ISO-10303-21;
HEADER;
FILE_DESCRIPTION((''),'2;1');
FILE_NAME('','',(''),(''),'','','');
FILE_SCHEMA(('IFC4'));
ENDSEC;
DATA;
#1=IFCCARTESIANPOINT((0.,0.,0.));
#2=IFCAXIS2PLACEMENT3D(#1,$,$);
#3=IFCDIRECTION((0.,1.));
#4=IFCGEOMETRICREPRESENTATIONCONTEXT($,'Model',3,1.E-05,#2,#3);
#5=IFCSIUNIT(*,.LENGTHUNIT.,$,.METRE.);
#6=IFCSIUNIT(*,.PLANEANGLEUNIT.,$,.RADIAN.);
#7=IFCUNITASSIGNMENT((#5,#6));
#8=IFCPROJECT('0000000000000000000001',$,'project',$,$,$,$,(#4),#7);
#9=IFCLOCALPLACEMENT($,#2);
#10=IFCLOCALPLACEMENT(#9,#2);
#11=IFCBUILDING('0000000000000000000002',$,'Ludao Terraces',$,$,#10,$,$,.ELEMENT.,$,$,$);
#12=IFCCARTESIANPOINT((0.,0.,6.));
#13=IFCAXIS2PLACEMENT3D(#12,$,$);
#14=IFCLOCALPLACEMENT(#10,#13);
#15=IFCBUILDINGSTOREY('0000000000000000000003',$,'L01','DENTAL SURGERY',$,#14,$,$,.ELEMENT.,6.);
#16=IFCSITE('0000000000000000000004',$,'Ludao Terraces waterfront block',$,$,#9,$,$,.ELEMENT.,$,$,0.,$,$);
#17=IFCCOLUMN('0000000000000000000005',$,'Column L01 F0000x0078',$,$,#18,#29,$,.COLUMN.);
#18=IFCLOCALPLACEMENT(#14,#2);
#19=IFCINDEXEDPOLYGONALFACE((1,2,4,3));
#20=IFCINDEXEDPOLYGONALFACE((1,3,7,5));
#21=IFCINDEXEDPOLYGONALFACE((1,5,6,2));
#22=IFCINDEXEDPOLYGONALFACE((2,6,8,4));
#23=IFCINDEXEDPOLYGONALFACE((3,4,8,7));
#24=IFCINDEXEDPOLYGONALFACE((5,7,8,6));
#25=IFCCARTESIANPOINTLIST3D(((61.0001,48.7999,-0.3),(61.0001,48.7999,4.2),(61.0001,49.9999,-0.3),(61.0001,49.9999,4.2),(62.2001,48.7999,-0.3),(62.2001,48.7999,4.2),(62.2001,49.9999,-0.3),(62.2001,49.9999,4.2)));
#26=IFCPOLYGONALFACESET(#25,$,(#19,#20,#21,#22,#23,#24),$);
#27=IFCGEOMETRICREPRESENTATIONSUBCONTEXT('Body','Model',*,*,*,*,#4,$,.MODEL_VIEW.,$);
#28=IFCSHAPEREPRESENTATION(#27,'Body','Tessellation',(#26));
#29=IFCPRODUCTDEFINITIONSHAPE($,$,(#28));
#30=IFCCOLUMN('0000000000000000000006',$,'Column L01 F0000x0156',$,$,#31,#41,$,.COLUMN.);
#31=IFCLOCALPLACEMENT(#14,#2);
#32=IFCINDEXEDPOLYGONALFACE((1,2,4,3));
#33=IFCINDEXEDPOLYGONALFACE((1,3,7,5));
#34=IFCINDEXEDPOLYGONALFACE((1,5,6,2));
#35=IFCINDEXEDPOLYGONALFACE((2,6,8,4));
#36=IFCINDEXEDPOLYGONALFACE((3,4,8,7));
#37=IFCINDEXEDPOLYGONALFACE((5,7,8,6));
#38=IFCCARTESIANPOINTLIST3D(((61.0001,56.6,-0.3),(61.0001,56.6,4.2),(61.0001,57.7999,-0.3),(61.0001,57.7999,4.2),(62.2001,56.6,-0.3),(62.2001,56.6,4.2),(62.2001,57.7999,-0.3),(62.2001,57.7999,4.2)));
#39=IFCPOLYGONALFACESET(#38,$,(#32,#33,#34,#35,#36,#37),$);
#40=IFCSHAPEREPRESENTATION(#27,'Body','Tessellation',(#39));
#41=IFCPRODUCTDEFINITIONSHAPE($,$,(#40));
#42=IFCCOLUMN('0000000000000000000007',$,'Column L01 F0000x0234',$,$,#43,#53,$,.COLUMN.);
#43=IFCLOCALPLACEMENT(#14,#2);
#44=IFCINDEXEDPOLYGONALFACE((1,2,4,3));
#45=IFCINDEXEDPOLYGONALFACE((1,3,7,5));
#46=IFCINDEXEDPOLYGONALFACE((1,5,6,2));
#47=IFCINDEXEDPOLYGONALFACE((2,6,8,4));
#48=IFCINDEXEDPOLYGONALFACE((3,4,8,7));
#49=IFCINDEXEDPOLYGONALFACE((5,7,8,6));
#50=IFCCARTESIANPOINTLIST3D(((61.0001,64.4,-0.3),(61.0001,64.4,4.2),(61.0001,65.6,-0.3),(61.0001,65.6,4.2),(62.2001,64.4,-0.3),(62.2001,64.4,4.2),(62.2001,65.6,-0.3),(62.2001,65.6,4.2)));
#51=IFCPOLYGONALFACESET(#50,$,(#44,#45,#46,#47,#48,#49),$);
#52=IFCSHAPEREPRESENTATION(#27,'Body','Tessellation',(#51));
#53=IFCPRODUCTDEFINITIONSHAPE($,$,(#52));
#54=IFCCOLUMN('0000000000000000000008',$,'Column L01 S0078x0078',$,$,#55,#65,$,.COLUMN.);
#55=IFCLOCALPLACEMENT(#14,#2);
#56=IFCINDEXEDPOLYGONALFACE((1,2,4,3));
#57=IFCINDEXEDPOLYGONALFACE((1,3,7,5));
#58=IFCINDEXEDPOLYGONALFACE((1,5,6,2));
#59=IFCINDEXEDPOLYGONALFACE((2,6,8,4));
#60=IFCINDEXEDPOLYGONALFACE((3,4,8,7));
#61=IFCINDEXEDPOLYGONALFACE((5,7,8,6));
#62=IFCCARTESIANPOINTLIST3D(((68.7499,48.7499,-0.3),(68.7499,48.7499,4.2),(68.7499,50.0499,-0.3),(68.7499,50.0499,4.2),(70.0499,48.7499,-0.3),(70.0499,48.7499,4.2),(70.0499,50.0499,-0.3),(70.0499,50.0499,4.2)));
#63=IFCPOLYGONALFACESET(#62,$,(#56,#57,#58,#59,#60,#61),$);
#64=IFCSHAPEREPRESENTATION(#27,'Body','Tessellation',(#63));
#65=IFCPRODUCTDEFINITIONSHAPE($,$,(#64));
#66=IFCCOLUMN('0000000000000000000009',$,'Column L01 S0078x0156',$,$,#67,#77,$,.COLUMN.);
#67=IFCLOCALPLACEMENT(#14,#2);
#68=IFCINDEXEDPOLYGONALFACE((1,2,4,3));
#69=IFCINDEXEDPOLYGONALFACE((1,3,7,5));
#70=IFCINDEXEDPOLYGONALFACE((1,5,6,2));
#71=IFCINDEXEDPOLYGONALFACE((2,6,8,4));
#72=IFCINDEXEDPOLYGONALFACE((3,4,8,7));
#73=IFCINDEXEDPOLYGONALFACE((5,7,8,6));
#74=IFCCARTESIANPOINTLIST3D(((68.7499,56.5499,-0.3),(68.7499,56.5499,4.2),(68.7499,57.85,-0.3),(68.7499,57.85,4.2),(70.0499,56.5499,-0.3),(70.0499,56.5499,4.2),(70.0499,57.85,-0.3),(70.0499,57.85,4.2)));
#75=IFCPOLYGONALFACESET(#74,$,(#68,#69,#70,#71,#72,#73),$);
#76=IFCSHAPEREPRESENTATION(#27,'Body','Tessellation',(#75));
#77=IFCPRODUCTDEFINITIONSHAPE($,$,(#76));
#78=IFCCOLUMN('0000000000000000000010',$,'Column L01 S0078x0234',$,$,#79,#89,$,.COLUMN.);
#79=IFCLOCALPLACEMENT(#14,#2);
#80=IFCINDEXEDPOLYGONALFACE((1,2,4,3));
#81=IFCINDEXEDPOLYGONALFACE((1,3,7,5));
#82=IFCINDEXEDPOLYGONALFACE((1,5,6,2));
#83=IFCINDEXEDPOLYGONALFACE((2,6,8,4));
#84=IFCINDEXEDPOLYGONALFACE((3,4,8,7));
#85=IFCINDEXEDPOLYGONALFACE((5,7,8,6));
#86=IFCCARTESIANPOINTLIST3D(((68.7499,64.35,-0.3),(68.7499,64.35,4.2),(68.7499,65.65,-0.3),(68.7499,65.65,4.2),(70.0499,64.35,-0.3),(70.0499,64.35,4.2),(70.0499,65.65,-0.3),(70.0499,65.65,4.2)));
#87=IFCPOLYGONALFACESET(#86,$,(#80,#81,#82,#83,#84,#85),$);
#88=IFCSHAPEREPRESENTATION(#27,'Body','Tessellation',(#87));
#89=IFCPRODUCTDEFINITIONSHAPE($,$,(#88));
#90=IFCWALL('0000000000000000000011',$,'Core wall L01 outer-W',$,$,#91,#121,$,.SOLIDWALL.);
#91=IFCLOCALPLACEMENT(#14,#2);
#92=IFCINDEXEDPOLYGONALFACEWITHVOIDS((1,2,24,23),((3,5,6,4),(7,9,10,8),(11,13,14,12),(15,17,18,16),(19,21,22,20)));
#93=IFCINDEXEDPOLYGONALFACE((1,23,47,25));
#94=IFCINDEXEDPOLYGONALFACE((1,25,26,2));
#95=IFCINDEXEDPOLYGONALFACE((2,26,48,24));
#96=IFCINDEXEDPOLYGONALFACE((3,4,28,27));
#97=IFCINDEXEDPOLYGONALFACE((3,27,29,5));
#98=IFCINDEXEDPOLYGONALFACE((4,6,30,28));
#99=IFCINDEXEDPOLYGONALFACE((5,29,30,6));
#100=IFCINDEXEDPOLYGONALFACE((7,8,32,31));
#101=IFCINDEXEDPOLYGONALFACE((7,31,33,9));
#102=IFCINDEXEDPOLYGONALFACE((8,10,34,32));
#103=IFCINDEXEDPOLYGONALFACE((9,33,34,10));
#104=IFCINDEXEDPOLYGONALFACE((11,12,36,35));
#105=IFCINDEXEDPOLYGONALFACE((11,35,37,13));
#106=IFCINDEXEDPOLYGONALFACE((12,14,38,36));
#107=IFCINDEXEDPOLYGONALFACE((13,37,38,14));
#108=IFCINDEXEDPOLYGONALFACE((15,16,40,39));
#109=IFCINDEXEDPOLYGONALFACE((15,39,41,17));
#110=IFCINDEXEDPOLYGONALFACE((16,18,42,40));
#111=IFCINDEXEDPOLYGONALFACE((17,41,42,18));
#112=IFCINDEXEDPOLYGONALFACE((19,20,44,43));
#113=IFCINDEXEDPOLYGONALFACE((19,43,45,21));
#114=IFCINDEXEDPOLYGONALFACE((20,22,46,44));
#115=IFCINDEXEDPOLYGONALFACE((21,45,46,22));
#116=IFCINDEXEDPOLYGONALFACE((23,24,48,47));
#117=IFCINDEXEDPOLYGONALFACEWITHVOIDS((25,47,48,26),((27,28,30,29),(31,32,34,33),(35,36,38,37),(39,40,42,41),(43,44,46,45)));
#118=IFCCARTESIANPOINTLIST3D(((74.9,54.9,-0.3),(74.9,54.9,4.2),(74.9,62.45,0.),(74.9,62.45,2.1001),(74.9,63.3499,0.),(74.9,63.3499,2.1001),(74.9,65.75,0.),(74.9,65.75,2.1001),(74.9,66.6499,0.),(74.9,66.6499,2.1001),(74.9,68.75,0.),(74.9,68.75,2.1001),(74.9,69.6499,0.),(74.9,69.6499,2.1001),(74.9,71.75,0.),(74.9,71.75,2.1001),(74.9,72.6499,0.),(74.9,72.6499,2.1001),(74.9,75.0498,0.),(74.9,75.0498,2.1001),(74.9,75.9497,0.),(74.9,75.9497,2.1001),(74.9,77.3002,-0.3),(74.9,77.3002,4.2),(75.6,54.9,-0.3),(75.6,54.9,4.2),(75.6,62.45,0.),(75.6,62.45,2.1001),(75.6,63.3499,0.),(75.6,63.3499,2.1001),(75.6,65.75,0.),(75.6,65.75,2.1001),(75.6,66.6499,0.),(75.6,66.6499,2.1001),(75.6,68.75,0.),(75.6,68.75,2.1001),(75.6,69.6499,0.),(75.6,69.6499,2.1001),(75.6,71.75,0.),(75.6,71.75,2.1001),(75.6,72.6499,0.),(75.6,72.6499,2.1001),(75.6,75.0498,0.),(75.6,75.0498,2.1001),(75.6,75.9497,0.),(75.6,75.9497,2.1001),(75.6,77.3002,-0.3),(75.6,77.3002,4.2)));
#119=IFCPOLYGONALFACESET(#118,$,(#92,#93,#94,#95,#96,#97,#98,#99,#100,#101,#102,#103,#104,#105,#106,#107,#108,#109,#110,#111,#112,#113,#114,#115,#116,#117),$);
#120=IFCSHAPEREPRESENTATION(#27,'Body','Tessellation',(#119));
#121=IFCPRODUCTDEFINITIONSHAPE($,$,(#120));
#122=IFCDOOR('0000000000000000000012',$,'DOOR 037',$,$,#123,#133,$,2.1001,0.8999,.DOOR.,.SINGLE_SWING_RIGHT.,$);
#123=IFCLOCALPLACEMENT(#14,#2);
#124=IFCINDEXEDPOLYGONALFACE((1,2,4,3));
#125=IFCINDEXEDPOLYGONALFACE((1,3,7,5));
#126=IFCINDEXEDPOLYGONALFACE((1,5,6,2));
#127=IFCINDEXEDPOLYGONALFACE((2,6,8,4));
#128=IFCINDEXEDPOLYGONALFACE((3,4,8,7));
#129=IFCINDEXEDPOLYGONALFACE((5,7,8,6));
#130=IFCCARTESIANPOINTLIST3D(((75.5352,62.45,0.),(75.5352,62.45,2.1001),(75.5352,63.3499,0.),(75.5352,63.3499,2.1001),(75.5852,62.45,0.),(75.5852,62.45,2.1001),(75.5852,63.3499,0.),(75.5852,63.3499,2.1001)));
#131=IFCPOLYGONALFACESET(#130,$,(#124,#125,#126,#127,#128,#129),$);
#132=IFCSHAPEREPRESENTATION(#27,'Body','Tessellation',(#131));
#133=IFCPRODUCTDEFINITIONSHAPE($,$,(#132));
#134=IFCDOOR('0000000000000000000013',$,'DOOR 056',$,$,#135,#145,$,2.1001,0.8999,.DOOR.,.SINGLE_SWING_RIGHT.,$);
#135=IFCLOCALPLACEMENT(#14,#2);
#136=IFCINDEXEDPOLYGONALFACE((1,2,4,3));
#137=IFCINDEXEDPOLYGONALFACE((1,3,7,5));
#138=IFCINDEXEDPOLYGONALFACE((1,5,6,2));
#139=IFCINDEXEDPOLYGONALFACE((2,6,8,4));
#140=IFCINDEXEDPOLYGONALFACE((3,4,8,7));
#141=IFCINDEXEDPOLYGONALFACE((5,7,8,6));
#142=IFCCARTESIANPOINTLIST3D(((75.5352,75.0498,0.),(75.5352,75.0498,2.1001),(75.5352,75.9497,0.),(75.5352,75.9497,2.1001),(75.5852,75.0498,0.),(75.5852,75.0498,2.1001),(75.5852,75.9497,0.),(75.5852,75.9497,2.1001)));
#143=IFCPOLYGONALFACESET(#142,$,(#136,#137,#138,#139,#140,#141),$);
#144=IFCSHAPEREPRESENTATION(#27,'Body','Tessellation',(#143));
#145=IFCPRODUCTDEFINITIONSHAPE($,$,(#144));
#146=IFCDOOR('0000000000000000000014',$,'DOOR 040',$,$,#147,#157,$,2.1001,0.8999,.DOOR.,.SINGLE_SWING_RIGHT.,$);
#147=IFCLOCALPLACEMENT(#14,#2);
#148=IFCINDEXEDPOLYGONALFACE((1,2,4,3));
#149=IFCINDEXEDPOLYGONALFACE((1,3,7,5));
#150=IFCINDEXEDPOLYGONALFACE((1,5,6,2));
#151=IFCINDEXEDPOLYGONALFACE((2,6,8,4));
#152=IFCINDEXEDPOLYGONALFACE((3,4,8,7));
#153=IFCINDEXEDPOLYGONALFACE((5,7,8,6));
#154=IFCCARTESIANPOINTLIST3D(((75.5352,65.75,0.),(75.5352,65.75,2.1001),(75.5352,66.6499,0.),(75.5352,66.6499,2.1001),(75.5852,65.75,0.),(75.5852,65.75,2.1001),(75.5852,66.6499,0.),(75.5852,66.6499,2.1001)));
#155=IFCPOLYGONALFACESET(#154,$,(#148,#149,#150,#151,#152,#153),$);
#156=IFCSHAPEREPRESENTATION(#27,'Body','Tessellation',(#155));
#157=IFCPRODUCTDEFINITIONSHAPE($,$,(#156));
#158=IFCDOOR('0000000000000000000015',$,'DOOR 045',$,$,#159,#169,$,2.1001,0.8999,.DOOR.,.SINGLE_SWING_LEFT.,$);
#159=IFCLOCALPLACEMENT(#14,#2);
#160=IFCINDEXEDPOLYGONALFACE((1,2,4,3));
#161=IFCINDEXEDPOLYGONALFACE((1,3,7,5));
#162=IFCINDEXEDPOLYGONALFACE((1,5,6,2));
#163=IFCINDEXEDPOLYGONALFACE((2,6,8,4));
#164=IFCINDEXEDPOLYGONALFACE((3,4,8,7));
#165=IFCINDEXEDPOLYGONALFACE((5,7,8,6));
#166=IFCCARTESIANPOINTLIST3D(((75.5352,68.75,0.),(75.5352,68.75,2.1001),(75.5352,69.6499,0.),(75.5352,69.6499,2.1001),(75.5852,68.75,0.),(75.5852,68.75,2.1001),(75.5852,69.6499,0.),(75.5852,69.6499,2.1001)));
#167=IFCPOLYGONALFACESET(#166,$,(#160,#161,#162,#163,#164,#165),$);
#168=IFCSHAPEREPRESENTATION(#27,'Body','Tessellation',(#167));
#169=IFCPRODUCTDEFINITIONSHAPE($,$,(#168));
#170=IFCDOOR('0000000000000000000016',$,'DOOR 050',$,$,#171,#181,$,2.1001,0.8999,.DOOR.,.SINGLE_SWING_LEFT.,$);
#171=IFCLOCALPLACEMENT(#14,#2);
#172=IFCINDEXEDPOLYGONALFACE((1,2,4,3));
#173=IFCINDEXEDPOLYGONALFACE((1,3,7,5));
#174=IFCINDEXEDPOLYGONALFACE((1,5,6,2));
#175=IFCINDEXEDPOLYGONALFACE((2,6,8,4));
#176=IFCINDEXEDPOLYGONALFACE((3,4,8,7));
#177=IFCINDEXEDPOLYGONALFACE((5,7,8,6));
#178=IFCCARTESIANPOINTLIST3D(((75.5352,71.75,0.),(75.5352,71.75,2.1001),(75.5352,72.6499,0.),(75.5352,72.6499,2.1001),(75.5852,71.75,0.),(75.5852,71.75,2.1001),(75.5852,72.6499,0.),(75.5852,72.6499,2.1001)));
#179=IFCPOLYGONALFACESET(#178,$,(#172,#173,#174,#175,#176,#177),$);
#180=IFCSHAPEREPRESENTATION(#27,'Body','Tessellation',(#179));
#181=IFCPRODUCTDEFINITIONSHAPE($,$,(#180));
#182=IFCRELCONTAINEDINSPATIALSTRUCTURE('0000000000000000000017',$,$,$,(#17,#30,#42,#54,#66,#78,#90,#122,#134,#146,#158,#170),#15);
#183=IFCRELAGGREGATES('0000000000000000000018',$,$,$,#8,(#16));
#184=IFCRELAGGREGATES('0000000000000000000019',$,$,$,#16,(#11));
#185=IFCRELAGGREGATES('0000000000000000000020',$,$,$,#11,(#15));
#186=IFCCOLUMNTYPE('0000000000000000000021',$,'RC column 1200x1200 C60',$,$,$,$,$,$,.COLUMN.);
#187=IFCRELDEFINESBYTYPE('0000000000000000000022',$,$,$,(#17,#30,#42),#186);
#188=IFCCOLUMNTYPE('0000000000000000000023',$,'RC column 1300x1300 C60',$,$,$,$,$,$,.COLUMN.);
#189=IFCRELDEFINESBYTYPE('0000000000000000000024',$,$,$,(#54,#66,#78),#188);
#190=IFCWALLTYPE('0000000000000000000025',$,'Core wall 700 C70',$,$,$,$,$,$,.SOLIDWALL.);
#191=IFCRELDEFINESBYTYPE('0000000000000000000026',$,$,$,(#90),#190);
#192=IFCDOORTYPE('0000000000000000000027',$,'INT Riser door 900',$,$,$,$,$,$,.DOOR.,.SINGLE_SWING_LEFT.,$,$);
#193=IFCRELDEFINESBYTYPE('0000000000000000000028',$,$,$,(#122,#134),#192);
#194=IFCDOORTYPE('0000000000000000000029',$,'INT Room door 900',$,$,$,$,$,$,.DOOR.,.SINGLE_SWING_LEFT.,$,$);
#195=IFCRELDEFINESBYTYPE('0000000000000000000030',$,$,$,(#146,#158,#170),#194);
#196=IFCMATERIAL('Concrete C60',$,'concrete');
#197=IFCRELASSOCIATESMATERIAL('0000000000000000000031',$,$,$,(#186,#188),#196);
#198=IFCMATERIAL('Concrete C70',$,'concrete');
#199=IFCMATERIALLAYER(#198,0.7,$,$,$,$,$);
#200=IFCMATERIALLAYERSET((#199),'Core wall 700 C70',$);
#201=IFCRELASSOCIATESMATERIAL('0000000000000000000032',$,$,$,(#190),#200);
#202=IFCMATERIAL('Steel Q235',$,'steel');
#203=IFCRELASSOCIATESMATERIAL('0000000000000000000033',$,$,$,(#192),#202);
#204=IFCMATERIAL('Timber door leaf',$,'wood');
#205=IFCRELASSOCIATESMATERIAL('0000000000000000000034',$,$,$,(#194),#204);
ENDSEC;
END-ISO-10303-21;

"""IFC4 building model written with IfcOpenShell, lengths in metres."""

from ifc_helpers import new_model, si_unit, direction, frame, frame_2d, origin, origin_2d, place, context, subcontext, project, spatial, rectangle, extrude, material, layer, layer_set, material_profile, profile_set, type_object, element, fill, save


model = new_model("IFC4")

# Units and contexts
model_context = context("Model", 3, precision=1e-05, world=origin(), true_north=direction((0.0, 1.0)))
body_context = subcontext(model_context, "Body", "Model", "MODEL_VIEW")
ifc_project = project(units=[si_unit("LENGTHUNIT", "METRE"), si_unit("PLANEANGLEUNIT", "RADIAN")], contexts=[model_context])

# Site, building, storey
site_placement = place(None, origin())
site = spatial("IfcSite", under=ifc_project, at=site_placement, Name="Ludao Terraces waterfront block", CompositionType="ELEMENT", RefElevation=0.0)
building_placement = place(site_placement, origin())
building = spatial("IfcBuilding", under=site, at=building_placement, Name="Ludao Terraces", CompositionType="ELEMENT")
storey_placement = place(building_placement, frame((0.0, 0.0, 6.0)))
storey = spatial("IfcBuildingStorey", under=building, at=storey_placement, Name="L01", Description="DENTAL SURGERY", CompositionType="ELEMENT", Elevation=6.0)

# Columns
ifc_material_1 = material(Name="Concrete C60", Category="concrete")
ifc_material_profile_1 = material_profile(ifc_material_1, rectangle(XDim=1.2, YDim=1.2, at=origin_2d()), Name="1200 X 1200")
ifc_profile_set_1 = profile_set([ifc_material_profile_1], Name="Concrete C60")
column_type_1 = type_object("IfcColumnType", Name="RC column 1200x1200 C60", PredefinedType="COLUMN", material=ifc_profile_set_1)
for number, where, z_axis, x_axis, name in (
    (1, (61.6001, 49.3999, -0.3), (0.0, 0.0, 1.0), (1.0, 0.0, 0.0), "Column L01 F0000x0078"),
    (2, (61.6001, 57.2, -0.3), (0.0, 0.0, 1.0), (1.0, 0.0, 0.0), "Column L01 F0000x0156"),
    (3, (61.6001, 65.0, -0.3), (0.0, 0.0, 1.0), (1.0, 0.0, 0.0), "Column L01 F0000x0234"),
):
    element("IfcColumn", number, at=place(storey_placement, frame(where, z_axis=z_axis, x_axis=x_axis)), inside=storey, type_object=column_type_1, Name=name, PredefinedType="COLUMN", context=body_context, shape_type="SweptSolid", body=[
        extrude(rectangle(XDim=1.2, YDim=1.2, at=origin_2d()), origin(), (0.0, 0.0, 1.0), 4.5),
    ])
ifc_material_profile_2 = material_profile(ifc_material_1, rectangle(XDim=1.3, YDim=1.3, at=origin_2d()), Name="1300 X 1300")
ifc_profile_set_2 = profile_set([ifc_material_profile_2], Name="Concrete C60")
column_type_2 = type_object("IfcColumnType", Name="RC column 1300x1300 C60", PredefinedType="COLUMN", material=ifc_profile_set_2)
for number, where, z_axis, x_axis, name in (
    (4, (69.3999, 49.3999, -0.3), (0.0, 0.0, 1.0), (1.0, 0.0, 0.0), "Column L01 S0078x0078"),
    (5, (69.3999, 57.2, -0.3), (0.0, 0.0, 1.0), (1.0, 0.0, 0.0), "Column L01 S0078x0156"),
    (6, (69.3999, 65.0, -0.3), (0.0, 0.0, 1.0), (1.0, 0.0, 0.0), "Column L01 S0078x0234"),
):
    element("IfcColumn", number, at=place(storey_placement, frame(where, z_axis=z_axis, x_axis=x_axis)), inside=storey, type_object=column_type_2, Name=name, PredefinedType="COLUMN", context=body_context, shape_type="SweptSolid", body=[
        extrude(rectangle(XDim=1.3, YDim=1.3, at=origin_2d()), origin(), (0.0, 0.0, 1.0), 4.5),
    ])

# Wall, openings, doors
ifc_material_2 = material(Name="Concrete C70", Category="concrete")
ifc_layer_1 = layer(ifc_material_2, 0.7)
ifc_layer_set_1 = layer_set([ifc_layer_1], Name="Core wall 700 C70")
wall_type_1 = type_object("IfcWallType", Name="Core wall 700 C70", PredefinedType="SOLIDWALL", material=ifc_layer_set_1)
wall_1_placement = place(storey_placement, frame((75.25, 54.8999, -0.3), z_axis=(0.0, 0.0, 1.0), x_axis=(0.0, 1.0, 0.0)))
wall_1 = element("IfcWall", 7, at=wall_1_placement, inside=storey, type_object=wall_type_1, Name="Core wall L01 outer-W", PredefinedType="SOLIDWALL", context=body_context, shape_type="SweptSolid", body=[
    extrude(rectangle(XDim=22.4001, YDim=0.7, at=frame_2d((11.2002, 0.0))), origin(), (0.0, 0.0, 1.0), 4.5),
])
opening_1_placement = place(wall_1_placement, frame((7.55, 0.0, 0.3)))
opening_1 = element("IfcOpeningElement", 8, at=opening_1_placement, cuts=wall_1, PredefinedType="OPENING", context=body_context, shape_type="SweptSolid", body=[
    extrude(rectangle(XDim=0.8999, YDim=2.1001, at=frame_2d((0.45, 1.05))), frame((0.0, 0.3599, 0.0), z_axis=(0.0, -1.0, 0.0), x_axis=(1.0, 0.0, 0.0)), (0.0, 0.0, 1.0), 0.72),
])
opening_2_placement = place(wall_1_placement, frame((10.8501, 0.0, 0.3)))
opening_2 = element("IfcOpeningElement", 9, at=opening_2_placement, cuts=wall_1, PredefinedType="OPENING", context=body_context, shape_type="SweptSolid", body=[
    extrude(rectangle(XDim=0.8999, YDim=2.1001, at=frame_2d((0.45, 1.05))), frame((0.0, 0.3599, 0.0), z_axis=(0.0, -1.0, 0.0), x_axis=(1.0, 0.0, 0.0)), (0.0, 0.0, 1.0), 0.72),
])
opening_3_placement = place(wall_1_placement, frame((13.8501, 0.0, 0.3)))
opening_3 = element("IfcOpeningElement", 10, at=opening_3_placement, cuts=wall_1, PredefinedType="OPENING", context=body_context, shape_type="SweptSolid", body=[
    extrude(rectangle(XDim=0.8999, YDim=2.1001, at=frame_2d((0.45, 1.05))), frame((0.0, 0.3599, 0.0), z_axis=(0.0, -1.0, 0.0), x_axis=(1.0, 0.0, 0.0)), (0.0, 0.0, 1.0), 0.72),
])
opening_4_placement = place(wall_1_placement, frame((16.8501, 0.0, 0.3)))
opening_4 = element("IfcOpeningElement", 11, at=opening_4_placement, cuts=wall_1, PredefinedType="OPENING", context=body_context, shape_type="SweptSolid", body=[
    extrude(rectangle(XDim=0.8999, YDim=2.1001, at=frame_2d((0.45, 1.05))), frame((0.0, 0.3599, 0.0), z_axis=(0.0, -1.0, 0.0), x_axis=(1.0, 0.0, 0.0)), (0.0, 0.0, 1.0), 0.72),
])
opening_5_placement = place(wall_1_placement, frame((20.1499, 0.0, 0.3)))
opening_5 = element("IfcOpeningElement", 12, at=opening_5_placement, cuts=wall_1, PredefinedType="OPENING", context=body_context, shape_type="SweptSolid", body=[
    extrude(rectangle(XDim=0.8999, YDim=2.1001, at=frame_2d((0.45, 1.05))), frame((0.0, 0.3599, 0.0), z_axis=(0.0, -1.0, 0.0), x_axis=(1.0, 0.0, 0.0)), (0.0, 0.0, 1.0), 0.72),
])
ifc_material_3 = material(Name="Steel Q235", Category="steel")
door_type_1 = type_object("IfcDoorType", Name="INT Riser door 900", OperationType="SINGLE_SWING_LEFT", PredefinedType="DOOR", material=ifc_material_3)
door_1_placement = place(opening_1_placement, origin())
door_1 = element("IfcDoor", 13, at=door_1_placement, inside=storey, type_object=door_type_1, Name="DOOR 037", OperationType="SINGLE_SWING_RIGHT", OverallHeight=2.1001, OverallWidth=0.8999, PredefinedType="DOOR", context=body_context, shape_type="SweptSolid", body=[
    extrude(rectangle(XDim=0.8999, YDim=2.1001, at=frame_2d((0.45, 1.05))), frame((0.0, -0.2852, 0.0), z_axis=(0.0, -1.0, 0.0), x_axis=(1.0, 0.0, 0.0)), (0.0, 0.0, 1.0), 0.05),
])
fill(opening_1, door_1)
door_2_placement = place(opening_5_placement, origin())
door_2 = element("IfcDoor", 14, at=door_2_placement, inside=storey, type_object=door_type_1, Name="DOOR 056", OperationType="SINGLE_SWING_RIGHT", OverallHeight=2.1001, OverallWidth=0.8999, PredefinedType="DOOR", context=body_context, shape_type="SweptSolid", body=[
    extrude(rectangle(XDim=0.8999, YDim=2.1001, at=frame_2d((0.45, 1.05))), frame((0.0, -0.2852, 0.0), z_axis=(0.0, -1.0, 0.0), x_axis=(1.0, 0.0, 0.0)), (0.0, 0.0, 1.0), 0.05),
])
fill(opening_5, door_2)
ifc_material_4 = material(Name="Timber door leaf", Category="wood")
door_type_2 = type_object("IfcDoorType", Name="INT Room door 900", OperationType="SINGLE_SWING_LEFT", PredefinedType="DOOR", material=ifc_material_4)
door_3_placement = place(opening_2_placement, origin())
door_3 = element("IfcDoor", 15, at=door_3_placement, inside=storey, type_object=door_type_2, Name="DOOR 040", OperationType="SINGLE_SWING_RIGHT", OverallHeight=2.1001, OverallWidth=0.8999, PredefinedType="DOOR", context=body_context, shape_type="SweptSolid", body=[
    extrude(rectangle(XDim=0.8999, YDim=2.1001, at=frame_2d((0.45, 1.05))), frame((0.0, -0.2852, 0.0), z_axis=(0.0, -1.0, 0.0), x_axis=(1.0, 0.0, 0.0)), (0.0, 0.0, 1.0), 0.05),
])
fill(opening_2, door_3)
door_4_placement = place(opening_3_placement, origin())
door_4 = element("IfcDoor", 16, at=door_4_placement, inside=storey, type_object=door_type_2, Name="DOOR 045", OperationType="SINGLE_SWING_LEFT", OverallHeight=2.1001, OverallWidth=0.8999, PredefinedType="DOOR", context=body_context, shape_type="SweptSolid", body=[
    extrude(rectangle(XDim=0.8999, YDim=2.1001, at=frame_2d((0.45, 1.05))), frame((0.0, -0.2852, 0.0), z_axis=(0.0, -1.0, 0.0), x_axis=(1.0, 0.0, 0.0)), (0.0, 0.0, 1.0), 0.05),
])
fill(opening_3, door_4)
door_5_placement = place(opening_4_placement, origin())
door_5 = element("IfcDoor", 17, at=door_5_placement, inside=storey, type_object=door_type_2, Name="DOOR 050", OperationType="SINGLE_SWING_LEFT", OverallHeight=2.1001, OverallWidth=0.8999, PredefinedType="DOOR", context=body_context, shape_type="SweptSolid", body=[
    extrude(rectangle(XDim=0.8999, YDim=2.1001, at=frame_2d((0.45, 1.05))), frame((0.0, -0.2852, 0.0), z_axis=(0.0, -1.0, 0.0), x_axis=(1.0, 0.0, 0.0)), (0.0, 0.0, 1.0), 0.05),
])
fill(opening_4, door_5)

save(model, "model.ifc")
